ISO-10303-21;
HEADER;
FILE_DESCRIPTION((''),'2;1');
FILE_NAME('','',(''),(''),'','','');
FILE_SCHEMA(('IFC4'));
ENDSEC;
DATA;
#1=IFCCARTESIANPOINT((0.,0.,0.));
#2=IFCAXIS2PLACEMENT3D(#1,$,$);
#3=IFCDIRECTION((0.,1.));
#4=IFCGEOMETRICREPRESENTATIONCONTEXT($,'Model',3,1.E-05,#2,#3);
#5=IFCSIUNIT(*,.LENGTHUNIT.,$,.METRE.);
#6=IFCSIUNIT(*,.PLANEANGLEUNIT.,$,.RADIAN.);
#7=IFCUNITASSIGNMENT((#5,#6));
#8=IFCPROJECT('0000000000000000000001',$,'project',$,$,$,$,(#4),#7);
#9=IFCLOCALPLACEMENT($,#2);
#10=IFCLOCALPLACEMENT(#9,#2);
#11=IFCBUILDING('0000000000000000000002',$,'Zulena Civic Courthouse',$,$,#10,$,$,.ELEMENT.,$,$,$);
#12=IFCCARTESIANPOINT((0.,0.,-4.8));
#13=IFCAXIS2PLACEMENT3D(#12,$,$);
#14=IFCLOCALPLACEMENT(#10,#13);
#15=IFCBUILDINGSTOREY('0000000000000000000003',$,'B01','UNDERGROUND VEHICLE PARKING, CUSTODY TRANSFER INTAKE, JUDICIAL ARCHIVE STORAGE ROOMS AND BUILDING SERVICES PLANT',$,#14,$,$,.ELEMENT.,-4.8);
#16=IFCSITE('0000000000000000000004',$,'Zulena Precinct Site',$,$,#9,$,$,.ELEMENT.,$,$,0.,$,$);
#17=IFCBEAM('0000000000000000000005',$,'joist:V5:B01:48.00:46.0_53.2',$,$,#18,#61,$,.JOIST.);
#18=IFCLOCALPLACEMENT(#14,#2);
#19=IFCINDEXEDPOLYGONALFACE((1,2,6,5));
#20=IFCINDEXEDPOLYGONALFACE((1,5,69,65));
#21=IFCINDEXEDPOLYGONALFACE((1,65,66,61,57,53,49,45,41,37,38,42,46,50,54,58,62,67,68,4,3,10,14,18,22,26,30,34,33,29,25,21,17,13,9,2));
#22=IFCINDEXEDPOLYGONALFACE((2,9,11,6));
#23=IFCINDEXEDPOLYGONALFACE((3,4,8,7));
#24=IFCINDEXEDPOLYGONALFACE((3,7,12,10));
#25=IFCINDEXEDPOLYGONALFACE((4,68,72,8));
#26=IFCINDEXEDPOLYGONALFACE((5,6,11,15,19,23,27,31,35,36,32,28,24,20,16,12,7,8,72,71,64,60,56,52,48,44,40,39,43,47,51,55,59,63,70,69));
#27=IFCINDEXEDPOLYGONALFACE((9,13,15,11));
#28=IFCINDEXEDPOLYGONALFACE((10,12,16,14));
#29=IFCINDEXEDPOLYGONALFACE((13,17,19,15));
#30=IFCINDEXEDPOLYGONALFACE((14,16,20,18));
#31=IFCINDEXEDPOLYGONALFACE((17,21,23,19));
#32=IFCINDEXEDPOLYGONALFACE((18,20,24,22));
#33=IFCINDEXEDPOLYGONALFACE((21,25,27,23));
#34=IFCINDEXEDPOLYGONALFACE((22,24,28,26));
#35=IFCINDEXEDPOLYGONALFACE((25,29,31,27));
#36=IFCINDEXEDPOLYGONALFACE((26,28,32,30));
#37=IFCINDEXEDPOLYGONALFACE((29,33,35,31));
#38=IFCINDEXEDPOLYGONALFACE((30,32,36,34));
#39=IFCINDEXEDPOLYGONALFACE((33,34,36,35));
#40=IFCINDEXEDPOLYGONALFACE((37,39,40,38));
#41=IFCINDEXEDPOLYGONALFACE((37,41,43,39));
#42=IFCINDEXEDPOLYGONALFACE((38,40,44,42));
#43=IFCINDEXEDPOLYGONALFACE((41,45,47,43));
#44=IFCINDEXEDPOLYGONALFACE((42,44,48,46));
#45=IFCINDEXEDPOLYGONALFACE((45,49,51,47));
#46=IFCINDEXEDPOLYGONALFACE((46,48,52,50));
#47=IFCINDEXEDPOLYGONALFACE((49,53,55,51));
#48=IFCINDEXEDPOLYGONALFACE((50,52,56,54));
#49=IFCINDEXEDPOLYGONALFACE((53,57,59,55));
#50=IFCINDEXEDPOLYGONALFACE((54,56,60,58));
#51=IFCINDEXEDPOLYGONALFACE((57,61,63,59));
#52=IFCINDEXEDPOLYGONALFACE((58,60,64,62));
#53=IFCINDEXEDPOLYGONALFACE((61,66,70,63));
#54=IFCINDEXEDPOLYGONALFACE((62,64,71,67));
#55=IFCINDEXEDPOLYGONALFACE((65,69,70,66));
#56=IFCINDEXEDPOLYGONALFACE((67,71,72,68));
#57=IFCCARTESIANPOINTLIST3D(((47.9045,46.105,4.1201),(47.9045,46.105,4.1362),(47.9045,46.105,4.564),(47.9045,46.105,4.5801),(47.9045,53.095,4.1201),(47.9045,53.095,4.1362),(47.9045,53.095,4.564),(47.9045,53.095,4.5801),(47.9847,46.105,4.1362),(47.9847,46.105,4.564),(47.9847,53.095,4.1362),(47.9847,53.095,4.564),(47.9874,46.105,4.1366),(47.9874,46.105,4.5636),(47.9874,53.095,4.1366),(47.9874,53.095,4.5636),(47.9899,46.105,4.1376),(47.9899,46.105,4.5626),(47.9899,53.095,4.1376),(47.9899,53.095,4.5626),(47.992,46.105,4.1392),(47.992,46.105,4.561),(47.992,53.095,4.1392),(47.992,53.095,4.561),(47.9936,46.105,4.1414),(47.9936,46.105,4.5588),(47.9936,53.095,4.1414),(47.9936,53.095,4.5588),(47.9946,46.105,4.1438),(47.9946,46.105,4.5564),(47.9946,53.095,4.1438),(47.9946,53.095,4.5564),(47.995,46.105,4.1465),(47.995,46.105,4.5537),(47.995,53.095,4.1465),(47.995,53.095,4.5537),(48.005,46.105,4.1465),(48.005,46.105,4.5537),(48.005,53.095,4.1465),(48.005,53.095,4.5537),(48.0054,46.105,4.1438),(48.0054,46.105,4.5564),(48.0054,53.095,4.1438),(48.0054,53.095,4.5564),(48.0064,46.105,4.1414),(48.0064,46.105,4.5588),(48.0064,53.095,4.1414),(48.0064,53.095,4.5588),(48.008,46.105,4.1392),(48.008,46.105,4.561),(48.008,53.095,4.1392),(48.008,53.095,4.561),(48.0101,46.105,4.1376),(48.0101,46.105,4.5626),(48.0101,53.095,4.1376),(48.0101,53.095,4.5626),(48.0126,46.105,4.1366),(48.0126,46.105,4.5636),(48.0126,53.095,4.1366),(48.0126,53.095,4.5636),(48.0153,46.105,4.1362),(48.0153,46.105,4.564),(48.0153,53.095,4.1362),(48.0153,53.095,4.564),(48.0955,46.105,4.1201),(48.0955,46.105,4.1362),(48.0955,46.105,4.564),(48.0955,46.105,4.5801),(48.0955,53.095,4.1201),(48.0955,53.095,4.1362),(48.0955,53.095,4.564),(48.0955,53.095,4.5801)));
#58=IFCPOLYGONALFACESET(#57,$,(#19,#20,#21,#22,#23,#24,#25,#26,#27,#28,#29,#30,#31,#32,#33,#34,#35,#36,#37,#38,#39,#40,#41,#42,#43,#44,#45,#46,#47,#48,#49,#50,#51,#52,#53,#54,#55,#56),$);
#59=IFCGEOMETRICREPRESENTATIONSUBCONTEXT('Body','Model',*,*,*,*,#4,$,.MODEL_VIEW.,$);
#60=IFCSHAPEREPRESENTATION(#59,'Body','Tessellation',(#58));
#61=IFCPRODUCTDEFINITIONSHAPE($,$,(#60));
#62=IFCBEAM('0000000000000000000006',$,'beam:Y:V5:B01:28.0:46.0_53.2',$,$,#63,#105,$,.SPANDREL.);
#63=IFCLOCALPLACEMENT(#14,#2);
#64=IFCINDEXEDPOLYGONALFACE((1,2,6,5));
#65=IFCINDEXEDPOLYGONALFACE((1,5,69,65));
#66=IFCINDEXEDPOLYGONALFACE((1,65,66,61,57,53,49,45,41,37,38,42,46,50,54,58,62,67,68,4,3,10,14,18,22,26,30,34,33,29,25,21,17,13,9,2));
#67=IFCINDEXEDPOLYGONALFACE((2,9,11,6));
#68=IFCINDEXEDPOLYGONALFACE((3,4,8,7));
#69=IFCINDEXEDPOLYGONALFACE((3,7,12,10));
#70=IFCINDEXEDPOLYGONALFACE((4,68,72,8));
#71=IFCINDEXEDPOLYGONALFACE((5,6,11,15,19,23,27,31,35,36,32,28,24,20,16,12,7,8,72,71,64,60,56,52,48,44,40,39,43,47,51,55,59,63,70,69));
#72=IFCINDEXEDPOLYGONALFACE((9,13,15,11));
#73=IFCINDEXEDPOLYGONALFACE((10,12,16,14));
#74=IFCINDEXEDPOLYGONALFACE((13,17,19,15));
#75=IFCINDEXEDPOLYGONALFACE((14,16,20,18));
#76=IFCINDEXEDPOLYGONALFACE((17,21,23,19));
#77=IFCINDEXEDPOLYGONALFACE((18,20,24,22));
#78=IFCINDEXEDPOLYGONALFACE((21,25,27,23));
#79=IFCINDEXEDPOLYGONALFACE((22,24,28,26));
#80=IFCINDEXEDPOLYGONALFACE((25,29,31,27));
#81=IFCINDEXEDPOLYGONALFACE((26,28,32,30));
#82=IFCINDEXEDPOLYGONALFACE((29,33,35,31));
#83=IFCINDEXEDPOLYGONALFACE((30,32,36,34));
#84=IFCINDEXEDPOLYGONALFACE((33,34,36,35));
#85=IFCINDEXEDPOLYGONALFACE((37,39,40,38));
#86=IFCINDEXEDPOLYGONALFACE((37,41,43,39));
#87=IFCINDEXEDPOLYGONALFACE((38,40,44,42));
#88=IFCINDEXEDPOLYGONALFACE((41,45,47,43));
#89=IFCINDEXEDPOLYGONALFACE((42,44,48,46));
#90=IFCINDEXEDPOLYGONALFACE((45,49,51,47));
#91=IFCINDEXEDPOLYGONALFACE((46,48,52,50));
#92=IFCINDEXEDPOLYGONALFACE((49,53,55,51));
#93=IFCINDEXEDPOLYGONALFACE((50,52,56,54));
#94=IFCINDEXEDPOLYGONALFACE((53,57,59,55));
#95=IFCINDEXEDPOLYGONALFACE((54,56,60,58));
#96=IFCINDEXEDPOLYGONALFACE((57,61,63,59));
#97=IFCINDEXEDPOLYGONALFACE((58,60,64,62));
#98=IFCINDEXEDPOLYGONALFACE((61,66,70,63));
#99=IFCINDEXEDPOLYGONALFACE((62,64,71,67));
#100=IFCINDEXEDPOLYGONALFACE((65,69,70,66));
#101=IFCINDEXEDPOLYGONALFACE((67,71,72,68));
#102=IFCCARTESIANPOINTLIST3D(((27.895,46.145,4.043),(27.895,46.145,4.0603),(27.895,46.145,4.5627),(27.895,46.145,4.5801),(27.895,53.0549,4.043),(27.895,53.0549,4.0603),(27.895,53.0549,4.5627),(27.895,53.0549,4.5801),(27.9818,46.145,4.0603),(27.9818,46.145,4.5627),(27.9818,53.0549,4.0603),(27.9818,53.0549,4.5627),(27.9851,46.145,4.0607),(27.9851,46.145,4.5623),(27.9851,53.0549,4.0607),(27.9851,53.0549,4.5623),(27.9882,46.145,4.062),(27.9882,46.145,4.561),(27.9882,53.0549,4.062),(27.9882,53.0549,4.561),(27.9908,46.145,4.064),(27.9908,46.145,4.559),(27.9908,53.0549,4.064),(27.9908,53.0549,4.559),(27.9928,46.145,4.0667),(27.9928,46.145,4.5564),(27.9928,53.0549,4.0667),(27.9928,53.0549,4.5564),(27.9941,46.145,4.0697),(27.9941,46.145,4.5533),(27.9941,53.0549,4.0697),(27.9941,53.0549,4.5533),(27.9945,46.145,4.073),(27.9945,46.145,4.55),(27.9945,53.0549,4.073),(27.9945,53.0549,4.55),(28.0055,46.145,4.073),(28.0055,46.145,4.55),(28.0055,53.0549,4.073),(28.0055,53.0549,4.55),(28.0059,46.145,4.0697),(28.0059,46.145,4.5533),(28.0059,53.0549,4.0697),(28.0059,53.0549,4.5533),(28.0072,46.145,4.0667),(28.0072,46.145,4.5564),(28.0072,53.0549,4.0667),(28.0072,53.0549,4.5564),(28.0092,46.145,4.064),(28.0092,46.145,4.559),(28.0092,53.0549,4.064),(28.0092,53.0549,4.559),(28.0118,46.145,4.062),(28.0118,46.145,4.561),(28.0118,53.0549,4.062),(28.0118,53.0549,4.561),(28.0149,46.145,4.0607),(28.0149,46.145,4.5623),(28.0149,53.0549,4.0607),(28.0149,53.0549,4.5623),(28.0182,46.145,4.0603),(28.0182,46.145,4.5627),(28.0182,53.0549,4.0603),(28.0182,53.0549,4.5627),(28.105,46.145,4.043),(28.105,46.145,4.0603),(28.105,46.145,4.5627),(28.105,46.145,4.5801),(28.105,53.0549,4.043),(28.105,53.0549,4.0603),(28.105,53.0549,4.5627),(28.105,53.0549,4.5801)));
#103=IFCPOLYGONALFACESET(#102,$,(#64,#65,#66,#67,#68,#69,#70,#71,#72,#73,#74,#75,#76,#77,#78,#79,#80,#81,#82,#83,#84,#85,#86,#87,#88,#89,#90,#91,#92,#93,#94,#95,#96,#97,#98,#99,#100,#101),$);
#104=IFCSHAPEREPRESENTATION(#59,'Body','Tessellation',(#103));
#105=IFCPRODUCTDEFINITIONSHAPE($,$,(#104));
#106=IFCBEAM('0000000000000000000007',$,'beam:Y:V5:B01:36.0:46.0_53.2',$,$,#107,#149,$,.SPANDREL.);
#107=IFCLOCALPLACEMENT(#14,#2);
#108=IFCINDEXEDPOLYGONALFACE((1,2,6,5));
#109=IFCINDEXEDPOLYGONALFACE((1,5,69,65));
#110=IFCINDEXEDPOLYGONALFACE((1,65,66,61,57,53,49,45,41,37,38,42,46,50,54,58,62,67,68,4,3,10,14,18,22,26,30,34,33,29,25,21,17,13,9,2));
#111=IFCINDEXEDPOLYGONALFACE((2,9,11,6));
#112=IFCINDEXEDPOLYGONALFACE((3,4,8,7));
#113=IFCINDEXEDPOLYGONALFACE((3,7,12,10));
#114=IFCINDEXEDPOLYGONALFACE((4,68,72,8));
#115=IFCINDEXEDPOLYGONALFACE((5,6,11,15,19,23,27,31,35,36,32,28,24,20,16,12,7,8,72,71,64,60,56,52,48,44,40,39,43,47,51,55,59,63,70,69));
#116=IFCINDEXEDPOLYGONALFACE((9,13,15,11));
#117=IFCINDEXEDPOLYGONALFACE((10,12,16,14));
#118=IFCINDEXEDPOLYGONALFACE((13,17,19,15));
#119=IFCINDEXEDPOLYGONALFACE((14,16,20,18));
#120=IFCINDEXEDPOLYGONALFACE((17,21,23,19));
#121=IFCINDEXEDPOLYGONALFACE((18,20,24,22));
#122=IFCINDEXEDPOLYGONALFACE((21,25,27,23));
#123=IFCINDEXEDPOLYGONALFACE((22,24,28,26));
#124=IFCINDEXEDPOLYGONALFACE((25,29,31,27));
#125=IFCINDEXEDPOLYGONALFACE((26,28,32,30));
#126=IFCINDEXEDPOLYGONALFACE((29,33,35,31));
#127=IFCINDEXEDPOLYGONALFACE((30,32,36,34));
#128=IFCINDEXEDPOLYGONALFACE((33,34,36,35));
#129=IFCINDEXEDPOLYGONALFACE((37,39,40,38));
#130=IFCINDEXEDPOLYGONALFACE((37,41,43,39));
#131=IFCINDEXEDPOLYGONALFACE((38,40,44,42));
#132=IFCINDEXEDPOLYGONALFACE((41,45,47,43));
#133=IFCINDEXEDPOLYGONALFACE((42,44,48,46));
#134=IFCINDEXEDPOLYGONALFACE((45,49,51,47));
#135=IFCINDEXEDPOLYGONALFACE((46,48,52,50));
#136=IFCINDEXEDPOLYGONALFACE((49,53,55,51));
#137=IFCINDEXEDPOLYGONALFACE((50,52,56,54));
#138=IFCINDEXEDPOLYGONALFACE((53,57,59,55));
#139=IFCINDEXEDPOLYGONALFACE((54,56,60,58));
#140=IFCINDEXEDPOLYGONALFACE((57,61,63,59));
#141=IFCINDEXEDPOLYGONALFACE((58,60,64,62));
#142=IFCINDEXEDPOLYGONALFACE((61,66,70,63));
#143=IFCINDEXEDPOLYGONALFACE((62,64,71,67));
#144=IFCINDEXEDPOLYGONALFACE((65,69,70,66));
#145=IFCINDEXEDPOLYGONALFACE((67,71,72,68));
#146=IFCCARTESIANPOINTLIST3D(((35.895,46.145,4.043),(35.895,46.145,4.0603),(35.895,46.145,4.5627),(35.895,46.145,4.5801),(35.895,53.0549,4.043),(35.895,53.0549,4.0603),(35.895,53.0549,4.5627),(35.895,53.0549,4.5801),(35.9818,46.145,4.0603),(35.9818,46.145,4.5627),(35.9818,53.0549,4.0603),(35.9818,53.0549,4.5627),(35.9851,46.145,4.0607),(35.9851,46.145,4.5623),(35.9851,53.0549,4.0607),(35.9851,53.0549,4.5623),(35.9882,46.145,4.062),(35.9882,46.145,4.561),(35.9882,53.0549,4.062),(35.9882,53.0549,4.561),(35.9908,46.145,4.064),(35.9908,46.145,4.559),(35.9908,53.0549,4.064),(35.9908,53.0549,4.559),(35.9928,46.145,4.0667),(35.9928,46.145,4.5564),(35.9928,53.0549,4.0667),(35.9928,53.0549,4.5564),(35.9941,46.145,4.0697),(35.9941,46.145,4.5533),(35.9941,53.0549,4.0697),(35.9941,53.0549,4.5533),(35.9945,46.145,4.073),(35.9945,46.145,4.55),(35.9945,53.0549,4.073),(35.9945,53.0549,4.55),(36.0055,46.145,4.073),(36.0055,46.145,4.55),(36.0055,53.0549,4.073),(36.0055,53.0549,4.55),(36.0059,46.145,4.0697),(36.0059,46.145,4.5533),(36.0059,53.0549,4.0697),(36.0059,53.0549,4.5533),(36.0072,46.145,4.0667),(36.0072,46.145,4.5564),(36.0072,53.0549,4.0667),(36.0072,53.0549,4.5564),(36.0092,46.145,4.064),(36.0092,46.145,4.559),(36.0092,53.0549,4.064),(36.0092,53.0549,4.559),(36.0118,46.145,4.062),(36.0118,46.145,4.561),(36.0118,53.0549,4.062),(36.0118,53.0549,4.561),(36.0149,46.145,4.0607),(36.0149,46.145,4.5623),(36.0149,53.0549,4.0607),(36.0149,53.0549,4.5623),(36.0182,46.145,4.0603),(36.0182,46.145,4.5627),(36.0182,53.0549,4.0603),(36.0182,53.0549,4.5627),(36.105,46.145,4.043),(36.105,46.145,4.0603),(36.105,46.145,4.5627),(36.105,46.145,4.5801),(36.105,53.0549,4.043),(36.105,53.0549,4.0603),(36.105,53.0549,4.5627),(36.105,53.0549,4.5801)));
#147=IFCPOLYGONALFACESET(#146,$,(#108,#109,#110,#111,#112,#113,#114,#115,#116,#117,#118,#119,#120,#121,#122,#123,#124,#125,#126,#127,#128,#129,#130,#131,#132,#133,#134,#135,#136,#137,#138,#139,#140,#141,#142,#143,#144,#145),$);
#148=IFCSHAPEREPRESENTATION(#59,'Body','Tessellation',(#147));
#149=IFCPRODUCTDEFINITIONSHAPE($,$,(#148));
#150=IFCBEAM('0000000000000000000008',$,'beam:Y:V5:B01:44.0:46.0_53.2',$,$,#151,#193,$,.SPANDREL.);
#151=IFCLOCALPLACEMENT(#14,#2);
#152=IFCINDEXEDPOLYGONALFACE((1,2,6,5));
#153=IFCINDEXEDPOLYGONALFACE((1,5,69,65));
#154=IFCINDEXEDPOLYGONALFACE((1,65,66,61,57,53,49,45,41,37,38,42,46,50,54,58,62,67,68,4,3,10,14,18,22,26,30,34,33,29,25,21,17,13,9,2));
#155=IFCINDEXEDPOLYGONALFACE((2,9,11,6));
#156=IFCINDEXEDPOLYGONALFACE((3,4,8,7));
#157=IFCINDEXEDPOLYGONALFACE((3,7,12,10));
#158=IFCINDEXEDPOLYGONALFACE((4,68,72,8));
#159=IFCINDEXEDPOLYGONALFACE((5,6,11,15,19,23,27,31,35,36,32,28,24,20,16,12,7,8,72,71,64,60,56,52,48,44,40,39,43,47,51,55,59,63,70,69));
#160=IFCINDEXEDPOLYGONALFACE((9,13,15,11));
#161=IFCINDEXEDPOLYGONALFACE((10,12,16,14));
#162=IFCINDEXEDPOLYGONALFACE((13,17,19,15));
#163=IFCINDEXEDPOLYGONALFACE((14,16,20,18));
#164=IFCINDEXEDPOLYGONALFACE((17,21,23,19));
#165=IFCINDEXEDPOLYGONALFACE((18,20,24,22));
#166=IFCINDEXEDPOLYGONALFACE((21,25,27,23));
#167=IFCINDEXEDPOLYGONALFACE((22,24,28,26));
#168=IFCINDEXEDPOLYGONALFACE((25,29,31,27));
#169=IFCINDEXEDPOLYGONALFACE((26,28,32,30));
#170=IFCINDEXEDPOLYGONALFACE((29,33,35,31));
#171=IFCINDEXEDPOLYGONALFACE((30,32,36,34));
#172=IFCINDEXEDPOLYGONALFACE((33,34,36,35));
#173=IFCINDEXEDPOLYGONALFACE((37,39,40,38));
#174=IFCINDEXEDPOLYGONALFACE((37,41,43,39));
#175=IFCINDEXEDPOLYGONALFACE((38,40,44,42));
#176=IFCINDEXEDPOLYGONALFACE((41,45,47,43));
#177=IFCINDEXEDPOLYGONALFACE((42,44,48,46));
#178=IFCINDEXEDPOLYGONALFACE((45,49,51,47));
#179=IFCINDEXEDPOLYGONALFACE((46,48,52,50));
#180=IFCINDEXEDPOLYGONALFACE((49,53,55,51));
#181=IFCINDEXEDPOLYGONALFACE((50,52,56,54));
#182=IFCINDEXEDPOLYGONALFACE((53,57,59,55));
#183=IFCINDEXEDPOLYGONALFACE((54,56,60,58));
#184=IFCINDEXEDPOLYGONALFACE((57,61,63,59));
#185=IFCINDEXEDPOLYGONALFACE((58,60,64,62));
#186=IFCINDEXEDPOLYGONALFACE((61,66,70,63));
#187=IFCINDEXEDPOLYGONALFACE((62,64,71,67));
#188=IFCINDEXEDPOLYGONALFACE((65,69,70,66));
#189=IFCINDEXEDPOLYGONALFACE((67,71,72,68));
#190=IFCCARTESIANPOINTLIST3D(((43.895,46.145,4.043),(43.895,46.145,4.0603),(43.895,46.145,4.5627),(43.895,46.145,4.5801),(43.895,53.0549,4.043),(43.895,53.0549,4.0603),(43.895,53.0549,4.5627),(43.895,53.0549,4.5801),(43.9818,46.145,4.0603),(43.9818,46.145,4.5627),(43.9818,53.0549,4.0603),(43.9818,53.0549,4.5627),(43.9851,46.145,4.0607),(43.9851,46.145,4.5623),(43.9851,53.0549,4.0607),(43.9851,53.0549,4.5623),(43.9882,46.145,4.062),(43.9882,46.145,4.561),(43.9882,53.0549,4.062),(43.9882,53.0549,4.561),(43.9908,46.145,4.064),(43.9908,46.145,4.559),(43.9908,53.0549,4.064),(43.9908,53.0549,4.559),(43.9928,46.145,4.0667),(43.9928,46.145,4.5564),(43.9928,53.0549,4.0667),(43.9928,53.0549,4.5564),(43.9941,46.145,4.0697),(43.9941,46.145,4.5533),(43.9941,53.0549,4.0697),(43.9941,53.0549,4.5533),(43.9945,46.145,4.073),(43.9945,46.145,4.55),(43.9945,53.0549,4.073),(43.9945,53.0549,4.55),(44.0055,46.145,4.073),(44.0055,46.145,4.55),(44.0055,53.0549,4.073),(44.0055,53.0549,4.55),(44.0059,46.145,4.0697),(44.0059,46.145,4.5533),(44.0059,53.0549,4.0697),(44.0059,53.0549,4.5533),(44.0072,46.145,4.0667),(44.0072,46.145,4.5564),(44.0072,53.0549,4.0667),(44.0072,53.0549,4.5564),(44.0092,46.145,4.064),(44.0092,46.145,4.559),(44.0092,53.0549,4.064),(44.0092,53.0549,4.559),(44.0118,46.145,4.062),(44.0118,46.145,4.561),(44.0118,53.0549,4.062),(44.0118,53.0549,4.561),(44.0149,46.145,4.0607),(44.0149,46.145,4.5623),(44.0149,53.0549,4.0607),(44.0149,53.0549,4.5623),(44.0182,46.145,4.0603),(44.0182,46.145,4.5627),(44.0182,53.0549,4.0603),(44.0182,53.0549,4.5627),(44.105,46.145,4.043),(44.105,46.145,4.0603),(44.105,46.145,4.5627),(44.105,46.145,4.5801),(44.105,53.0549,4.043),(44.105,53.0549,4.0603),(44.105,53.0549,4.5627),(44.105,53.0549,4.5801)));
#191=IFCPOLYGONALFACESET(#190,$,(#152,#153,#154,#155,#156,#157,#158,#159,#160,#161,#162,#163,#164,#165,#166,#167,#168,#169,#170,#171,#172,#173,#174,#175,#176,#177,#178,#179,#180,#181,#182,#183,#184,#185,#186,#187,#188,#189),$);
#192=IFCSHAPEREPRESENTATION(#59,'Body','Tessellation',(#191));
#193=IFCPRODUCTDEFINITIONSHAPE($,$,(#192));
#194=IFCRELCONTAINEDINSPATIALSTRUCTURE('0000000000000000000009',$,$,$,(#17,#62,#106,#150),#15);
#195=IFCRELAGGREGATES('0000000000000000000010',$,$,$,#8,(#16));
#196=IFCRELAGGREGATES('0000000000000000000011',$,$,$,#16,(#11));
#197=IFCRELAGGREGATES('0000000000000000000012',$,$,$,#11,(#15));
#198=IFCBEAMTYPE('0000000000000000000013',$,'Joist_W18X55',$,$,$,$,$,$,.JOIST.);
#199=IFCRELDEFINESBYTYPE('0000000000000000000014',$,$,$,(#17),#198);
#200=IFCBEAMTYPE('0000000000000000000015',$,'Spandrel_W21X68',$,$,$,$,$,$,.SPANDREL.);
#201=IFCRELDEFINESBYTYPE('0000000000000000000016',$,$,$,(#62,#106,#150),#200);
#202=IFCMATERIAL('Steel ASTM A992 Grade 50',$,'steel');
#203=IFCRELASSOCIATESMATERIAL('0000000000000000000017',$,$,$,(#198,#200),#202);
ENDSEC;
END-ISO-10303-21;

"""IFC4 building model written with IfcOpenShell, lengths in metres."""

from ifc_helpers import new_model, si_unit, direction, frame, origin, origin_2d, place, context, subcontext, project, spatial, i_section, extrude, material, material_profile, profile_set, type_object, element, save


model = new_model("IFC4")

# Units and contexts
model_context = context("Model", 3, precision=1e-05, world=origin(), true_north=direction((0.0, 1.0)))
body_context = subcontext(model_context, "Body", "Model", "MODEL_VIEW")
ifc_project = project(units=[si_unit("LENGTHUNIT", "METRE"), si_unit("PLANEANGLEUNIT", "RADIAN")], contexts=[model_context])

# Site, building, storey
site_placement = place(None, origin())
site = spatial("IfcSite", under=ifc_project, at=site_placement, Name="Zulena Precinct Site", CompositionType="ELEMENT", RefElevation=0.0)
building_placement = place(site_placement, origin())
building = spatial("IfcBuilding", under=site, at=building_placement, Name="Zulena Civic Courthouse", CompositionType="ELEMENT")
storey_placement = place(building_placement, frame((0.0, 0.0, -4.8)))
storey = spatial("IfcBuildingStorey", under=building, at=storey_placement, Name="B01", Description="UNDERGROUND VEHICLE PARKING, CUSTODY TRANSFER INTAKE, JUDICIAL ARCHIVE STORAGE ROOMS AND BUILDING SERVICES PLANT", CompositionType="ELEMENT", Elevation=-4.8)

# Shared definitions
ifc_material_1 = material(Name="Steel ASTM A992 Grade 50", Category="steel")

# Beams
ifc_material_profile_1 = material_profile(ifc_material_1, i_section(OverallWidth=0.1909, OverallDepth=0.46, WebThickness=0.01, FlangeThickness=0.0161, FilletRadius=0.0103, at=origin_2d()), Name="W18X55")
ifc_profile_set_1 = profile_set([ifc_material_profile_1], Name="Steel ASTM A992 Grade 50")
beam_type_1 = type_object("IfcBeamType", Name="Joist_W18X55", PredefinedType="JOIST", material=ifc_profile_set_1)
for number, where, z_axis, x_axis, name in (
    (1, (48.0, 46.105, 4.3501), (0.0, 1.0, 0.0), (-1.0, 0.0, 0.0), "joist:V5:B01:48.00:46.0_53.2"),
):
    element("IfcBeam", number, at=place(storey_placement, frame(where, z_axis=z_axis, x_axis=x_axis)), inside=storey, type_object=beam_type_1, Name=name, PredefinedType="JOIST", context=body_context, shape_type="SweptSolid", body=[
        extrude(i_section(OverallWidth=0.1909, OverallDepth=0.46, WebThickness=0.01, FlangeThickness=0.0161, FilletRadius=0.0103, at=origin_2d()), origin(), (0.0, 0.0, 1.0), 6.99),
    ])
ifc_material_profile_2 = material_profile(ifc_material_1, i_section(OverallWidth=0.21, OverallDepth=0.5371, WebThickness=0.011, FlangeThickness=0.0173, FilletRadius=0.0127, at=origin_2d()), Name="W21X68")
ifc_profile_set_2 = profile_set([ifc_material_profile_2], Name="Steel ASTM A992 Grade 50")
beam_type_2 = type_object("IfcBeamType", Name="Spandrel_W21X68", PredefinedType="SPANDREL", material=ifc_profile_set_2)
for number, where, z_axis, x_axis, name in (
    (2, (28.0, 46.145, 4.3115), (0.0, 1.0, 0.0), (-1.0, 0.0, 0.0), "beam:Y:V5:B01:28.0:46.0_53.2"),
    (3, (36.0, 46.145, 4.3115), (0.0, 1.0, 0.0), (-1.0, 0.0, 0.0), "beam:Y:V5:B01:36.0:46.0_53.2"),
    (4, (44.0, 46.145, 4.3115), (0.0, 1.0, 0.0), (-1.0, 0.0, 0.0), "beam:Y:V5:B01:44.0:46.0_53.2"),
):
    element("IfcBeam", number, at=place(storey_placement, frame(where, z_axis=z_axis, x_axis=x_axis)), inside=storey, type_object=beam_type_2, Name=name, PredefinedType="SPANDREL", context=body_context, shape_type="SweptSolid", body=[
        extrude(i_section(OverallWidth=0.21, OverallDepth=0.5371, WebThickness=0.011, FlangeThickness=0.0173, FilletRadius=0.0127, at=origin_2d()), origin(), (0.0, 0.0, 1.0), 6.9099),
    ])

save(model, "model.ifc")
